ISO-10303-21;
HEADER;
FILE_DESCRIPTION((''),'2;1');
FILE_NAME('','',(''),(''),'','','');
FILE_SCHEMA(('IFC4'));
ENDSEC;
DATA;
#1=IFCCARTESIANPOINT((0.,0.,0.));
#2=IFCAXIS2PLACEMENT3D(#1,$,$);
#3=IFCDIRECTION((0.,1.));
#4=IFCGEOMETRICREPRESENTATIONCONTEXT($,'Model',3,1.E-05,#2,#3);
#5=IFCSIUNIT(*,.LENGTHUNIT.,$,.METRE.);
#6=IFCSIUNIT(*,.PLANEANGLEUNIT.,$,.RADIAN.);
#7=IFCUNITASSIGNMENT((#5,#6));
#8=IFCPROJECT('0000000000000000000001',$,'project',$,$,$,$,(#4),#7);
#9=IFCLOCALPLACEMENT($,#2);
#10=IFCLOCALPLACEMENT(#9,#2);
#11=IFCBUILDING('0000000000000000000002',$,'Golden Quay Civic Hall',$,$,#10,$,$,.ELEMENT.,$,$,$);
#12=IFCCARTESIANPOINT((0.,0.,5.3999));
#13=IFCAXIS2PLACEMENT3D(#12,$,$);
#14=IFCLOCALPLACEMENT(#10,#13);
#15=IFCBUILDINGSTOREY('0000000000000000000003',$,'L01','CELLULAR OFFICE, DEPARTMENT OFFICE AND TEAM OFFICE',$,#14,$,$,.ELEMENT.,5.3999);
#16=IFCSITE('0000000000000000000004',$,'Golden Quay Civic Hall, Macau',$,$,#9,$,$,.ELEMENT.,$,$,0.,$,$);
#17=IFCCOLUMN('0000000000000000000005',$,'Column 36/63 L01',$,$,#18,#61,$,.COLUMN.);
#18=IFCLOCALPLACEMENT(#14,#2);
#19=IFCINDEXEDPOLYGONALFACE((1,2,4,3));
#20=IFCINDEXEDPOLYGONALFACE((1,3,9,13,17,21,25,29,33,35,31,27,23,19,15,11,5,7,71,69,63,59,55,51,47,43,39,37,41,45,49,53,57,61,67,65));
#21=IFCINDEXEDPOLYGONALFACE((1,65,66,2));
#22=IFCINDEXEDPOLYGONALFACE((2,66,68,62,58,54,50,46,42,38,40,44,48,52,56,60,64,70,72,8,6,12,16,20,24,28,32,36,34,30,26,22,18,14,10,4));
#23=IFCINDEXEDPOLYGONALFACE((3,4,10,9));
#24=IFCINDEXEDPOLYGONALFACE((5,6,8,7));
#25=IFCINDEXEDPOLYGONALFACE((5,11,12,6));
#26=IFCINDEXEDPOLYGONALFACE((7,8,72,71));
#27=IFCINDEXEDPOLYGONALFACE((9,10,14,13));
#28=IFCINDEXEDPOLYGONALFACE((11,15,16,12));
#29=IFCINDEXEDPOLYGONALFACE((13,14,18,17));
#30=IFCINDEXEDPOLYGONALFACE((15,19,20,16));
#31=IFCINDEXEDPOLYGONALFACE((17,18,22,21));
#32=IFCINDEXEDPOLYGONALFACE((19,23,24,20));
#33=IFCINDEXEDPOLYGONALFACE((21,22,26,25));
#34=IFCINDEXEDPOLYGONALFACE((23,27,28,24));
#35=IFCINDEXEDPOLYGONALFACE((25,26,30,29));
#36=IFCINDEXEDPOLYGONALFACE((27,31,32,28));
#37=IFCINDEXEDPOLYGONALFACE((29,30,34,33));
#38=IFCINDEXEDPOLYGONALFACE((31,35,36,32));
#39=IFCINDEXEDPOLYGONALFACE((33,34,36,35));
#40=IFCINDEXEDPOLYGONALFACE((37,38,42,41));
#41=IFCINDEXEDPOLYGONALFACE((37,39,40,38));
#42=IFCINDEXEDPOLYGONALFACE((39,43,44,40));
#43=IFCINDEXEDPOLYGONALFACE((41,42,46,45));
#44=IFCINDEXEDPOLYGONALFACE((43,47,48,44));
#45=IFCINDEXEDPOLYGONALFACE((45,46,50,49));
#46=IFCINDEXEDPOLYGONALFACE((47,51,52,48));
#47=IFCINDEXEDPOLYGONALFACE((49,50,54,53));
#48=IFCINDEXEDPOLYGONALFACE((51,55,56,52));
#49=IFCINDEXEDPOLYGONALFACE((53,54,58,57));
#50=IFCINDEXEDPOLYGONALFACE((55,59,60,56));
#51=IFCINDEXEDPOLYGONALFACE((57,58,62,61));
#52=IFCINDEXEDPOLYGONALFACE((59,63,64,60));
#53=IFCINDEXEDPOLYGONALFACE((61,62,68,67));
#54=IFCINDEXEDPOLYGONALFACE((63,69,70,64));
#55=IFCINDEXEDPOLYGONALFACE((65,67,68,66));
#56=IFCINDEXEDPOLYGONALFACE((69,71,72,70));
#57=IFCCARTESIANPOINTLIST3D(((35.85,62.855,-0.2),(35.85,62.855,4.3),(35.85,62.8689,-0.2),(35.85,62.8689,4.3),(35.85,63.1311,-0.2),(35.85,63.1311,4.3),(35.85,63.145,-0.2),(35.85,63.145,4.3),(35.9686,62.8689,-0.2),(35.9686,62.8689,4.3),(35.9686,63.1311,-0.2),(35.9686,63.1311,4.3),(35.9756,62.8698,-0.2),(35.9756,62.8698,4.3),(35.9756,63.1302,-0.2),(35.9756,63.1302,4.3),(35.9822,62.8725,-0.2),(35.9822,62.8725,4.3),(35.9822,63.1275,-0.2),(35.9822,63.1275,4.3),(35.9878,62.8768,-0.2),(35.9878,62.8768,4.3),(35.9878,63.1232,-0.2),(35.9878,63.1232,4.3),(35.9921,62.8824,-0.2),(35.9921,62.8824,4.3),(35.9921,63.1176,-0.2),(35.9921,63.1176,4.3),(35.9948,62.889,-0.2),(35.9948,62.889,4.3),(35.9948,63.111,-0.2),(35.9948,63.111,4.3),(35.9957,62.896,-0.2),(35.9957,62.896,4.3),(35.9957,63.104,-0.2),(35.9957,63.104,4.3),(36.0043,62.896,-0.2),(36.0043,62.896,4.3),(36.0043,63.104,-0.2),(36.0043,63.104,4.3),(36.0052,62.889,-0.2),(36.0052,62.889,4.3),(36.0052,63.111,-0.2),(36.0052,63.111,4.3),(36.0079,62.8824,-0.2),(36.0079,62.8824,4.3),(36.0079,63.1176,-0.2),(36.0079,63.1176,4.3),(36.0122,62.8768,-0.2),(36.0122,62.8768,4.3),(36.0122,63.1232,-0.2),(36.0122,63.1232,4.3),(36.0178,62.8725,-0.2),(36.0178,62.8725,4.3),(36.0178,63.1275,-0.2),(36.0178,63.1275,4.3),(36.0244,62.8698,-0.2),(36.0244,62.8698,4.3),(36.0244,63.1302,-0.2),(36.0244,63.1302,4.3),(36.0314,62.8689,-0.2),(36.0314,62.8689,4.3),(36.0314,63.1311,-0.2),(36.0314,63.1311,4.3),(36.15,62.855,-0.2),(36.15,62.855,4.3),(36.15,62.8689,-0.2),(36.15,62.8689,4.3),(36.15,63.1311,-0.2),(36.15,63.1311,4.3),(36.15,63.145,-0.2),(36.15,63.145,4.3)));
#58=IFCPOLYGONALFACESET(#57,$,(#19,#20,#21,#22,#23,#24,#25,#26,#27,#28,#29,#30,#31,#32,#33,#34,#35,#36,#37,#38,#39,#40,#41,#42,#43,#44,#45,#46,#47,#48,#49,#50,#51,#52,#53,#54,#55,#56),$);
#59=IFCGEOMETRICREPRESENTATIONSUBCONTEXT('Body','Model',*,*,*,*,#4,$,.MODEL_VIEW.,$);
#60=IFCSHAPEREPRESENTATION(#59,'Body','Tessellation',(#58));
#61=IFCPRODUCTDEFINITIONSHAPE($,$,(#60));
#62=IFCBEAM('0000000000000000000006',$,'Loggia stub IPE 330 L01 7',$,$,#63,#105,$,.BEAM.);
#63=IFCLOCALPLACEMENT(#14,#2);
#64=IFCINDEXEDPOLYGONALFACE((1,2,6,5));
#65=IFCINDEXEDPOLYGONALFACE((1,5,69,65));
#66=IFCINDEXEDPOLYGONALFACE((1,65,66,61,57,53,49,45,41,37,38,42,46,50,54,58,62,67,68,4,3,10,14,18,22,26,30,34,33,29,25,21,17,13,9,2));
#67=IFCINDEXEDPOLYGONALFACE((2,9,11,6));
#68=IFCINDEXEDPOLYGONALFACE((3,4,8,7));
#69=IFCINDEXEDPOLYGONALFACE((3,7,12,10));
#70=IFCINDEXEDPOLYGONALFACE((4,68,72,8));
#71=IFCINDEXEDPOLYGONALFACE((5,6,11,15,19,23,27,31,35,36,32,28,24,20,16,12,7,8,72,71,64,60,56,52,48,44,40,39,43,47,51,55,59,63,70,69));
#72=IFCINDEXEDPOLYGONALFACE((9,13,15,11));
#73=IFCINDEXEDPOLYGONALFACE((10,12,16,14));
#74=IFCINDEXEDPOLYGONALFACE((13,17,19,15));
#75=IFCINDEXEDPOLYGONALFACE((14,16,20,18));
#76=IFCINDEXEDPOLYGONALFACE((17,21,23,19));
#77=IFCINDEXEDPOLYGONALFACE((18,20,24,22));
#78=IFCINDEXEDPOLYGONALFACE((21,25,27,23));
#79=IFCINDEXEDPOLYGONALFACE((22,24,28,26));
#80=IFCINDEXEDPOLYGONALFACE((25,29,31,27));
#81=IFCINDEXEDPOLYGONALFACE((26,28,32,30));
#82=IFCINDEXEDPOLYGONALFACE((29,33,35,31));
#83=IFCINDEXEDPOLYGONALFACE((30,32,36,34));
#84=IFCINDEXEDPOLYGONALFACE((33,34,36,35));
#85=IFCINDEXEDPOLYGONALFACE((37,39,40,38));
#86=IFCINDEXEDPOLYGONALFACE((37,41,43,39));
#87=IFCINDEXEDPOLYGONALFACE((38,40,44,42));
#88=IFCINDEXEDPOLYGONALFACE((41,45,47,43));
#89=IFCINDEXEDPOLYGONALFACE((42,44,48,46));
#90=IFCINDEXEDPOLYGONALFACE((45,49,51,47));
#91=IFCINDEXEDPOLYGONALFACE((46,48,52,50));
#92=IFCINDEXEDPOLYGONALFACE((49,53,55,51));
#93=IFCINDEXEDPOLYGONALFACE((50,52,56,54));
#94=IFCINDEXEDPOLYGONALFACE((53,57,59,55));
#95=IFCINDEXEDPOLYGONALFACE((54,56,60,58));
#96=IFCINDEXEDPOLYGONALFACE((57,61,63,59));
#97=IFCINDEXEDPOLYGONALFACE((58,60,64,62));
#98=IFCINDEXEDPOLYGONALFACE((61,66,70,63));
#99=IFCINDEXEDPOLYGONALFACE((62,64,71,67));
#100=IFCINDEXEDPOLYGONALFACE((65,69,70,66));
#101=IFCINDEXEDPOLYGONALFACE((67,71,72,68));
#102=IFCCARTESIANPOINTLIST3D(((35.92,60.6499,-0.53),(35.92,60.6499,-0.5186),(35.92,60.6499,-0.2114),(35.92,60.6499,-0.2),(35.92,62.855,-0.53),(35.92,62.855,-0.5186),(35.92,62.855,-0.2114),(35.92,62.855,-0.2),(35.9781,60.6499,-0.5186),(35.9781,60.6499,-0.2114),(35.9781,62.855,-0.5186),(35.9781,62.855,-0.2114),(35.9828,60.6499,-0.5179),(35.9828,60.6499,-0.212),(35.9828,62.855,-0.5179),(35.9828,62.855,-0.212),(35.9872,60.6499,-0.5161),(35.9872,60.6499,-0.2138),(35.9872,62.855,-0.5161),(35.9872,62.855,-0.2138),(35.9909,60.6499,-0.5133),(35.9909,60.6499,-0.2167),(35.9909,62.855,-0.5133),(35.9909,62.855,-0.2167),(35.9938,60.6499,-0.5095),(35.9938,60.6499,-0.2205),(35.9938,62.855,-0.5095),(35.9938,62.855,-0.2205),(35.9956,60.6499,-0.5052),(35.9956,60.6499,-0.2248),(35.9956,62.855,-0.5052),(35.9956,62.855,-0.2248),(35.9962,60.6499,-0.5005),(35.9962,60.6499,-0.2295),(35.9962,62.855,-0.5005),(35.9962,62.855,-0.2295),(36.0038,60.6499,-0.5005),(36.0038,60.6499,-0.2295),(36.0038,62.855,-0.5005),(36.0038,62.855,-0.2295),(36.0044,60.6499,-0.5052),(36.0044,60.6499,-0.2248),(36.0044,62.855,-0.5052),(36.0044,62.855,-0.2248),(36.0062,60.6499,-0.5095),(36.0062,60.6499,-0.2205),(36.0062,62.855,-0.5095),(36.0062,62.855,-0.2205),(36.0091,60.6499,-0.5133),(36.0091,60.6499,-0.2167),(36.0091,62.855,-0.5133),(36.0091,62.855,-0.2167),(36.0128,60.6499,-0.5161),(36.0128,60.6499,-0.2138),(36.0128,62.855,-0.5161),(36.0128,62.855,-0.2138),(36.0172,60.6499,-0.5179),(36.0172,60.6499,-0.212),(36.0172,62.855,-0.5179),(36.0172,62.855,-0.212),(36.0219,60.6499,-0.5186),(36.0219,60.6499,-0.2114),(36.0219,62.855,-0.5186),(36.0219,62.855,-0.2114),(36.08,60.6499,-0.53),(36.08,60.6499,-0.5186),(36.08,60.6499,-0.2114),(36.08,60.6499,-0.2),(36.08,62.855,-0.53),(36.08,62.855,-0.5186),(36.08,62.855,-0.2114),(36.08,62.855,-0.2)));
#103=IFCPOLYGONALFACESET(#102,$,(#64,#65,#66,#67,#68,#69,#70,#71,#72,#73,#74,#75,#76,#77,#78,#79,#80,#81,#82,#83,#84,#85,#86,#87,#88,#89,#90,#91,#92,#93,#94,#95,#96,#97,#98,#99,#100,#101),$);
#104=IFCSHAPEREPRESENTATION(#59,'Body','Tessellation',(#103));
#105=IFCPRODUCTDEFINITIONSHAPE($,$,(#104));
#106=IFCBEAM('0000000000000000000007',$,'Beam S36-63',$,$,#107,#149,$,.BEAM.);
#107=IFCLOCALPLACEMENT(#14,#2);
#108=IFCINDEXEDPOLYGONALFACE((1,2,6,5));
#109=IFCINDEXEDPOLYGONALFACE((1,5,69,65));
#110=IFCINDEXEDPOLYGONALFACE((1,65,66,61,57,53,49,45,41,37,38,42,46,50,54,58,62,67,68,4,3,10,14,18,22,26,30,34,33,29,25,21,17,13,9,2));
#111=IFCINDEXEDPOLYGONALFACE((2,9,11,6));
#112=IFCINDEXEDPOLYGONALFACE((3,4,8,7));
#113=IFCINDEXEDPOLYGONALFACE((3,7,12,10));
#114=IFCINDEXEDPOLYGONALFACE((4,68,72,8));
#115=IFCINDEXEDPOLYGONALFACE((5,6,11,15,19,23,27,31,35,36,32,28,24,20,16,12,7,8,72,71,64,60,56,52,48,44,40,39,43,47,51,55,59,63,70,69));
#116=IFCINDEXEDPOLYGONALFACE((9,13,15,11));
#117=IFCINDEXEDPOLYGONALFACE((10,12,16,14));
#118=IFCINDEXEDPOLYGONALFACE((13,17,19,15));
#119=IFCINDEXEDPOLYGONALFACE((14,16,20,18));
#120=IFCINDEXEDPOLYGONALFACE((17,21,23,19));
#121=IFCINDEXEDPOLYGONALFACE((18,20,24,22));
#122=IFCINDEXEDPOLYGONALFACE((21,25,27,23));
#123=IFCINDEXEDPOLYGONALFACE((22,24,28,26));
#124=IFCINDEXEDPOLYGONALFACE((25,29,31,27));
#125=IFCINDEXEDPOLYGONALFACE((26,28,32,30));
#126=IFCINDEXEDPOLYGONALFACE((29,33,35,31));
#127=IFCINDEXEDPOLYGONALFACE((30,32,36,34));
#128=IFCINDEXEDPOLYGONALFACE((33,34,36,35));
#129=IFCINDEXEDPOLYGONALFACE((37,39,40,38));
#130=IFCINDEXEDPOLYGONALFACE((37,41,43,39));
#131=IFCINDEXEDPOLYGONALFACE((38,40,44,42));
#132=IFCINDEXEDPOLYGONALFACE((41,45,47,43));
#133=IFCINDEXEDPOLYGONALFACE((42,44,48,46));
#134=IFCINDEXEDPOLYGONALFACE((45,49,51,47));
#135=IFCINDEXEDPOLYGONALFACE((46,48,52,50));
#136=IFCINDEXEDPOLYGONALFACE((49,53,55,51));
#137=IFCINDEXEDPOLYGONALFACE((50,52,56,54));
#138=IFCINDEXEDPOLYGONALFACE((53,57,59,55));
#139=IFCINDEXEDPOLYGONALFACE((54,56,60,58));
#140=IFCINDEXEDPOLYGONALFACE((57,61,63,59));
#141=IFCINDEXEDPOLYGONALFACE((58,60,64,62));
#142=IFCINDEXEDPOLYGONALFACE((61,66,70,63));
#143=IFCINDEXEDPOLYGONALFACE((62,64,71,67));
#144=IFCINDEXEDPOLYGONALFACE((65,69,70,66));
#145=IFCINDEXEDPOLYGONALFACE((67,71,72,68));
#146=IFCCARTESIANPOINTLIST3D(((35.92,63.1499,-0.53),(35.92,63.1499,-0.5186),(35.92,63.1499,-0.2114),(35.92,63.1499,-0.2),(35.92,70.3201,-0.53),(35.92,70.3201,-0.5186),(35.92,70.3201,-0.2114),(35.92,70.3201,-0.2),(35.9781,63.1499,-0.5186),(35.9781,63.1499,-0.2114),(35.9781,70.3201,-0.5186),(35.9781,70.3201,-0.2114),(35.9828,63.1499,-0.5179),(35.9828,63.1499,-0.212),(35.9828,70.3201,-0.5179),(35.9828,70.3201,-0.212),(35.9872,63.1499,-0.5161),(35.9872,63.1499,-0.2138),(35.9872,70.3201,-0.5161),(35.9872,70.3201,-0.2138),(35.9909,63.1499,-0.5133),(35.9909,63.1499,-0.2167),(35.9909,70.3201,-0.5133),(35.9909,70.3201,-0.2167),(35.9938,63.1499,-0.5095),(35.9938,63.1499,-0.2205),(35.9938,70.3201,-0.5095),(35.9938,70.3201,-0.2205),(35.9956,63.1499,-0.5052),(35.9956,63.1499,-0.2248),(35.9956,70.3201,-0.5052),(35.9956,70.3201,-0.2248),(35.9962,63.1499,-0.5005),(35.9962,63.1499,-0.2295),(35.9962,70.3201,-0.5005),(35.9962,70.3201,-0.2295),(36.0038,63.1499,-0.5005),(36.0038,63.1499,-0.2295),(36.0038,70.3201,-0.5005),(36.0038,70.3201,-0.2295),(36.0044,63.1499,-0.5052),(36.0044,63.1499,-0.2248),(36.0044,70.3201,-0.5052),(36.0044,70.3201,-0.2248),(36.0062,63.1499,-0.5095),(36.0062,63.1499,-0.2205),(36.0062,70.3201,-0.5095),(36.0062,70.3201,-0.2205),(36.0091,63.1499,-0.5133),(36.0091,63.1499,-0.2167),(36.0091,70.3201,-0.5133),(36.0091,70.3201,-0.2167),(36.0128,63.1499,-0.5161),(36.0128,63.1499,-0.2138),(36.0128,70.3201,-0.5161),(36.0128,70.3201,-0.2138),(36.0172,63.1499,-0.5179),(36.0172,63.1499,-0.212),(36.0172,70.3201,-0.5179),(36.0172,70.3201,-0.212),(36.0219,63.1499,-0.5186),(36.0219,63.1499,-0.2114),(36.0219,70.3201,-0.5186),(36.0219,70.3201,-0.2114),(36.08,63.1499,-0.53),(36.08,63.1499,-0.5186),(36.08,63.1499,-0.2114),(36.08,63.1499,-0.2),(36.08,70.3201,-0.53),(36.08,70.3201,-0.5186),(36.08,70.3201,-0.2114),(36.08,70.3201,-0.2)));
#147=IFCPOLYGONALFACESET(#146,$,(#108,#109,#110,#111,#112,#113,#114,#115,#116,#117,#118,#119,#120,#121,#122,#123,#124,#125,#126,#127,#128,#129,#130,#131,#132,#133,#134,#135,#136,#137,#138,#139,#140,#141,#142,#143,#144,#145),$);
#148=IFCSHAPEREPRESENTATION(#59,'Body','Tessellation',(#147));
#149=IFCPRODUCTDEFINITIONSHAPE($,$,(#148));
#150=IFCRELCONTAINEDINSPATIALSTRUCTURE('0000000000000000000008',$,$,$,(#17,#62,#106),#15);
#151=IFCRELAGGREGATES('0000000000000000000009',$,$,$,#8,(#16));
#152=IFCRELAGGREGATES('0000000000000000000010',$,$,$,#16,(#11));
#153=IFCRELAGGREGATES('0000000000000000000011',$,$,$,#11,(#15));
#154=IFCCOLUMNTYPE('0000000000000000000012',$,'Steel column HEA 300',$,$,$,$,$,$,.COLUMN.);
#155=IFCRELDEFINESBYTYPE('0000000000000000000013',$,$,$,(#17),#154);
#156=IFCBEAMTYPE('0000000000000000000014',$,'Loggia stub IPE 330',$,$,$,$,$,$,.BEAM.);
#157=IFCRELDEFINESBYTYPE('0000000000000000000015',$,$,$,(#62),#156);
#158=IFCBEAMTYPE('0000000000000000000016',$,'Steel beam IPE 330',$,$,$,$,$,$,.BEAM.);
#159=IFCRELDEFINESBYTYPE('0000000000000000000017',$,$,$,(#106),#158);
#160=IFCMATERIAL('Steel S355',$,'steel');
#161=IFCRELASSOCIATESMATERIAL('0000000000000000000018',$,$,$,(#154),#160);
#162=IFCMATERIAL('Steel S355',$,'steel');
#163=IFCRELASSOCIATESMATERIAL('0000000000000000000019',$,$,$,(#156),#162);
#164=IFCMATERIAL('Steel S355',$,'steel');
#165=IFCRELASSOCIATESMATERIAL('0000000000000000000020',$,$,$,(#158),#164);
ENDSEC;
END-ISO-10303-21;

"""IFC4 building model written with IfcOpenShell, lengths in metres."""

from ifc_helpers import new_model, si_unit, direction, frame, origin, origin_2d, place, context, subcontext, project, spatial, i_section, extrude, material, material_profile, profile_set, type_object, element, save


model = new_model("IFC4")

# Units and contexts
model_context = context("Model", 3, precision=1e-05, world=origin(), true_north=direction((0.0, 1.0)))
body_context = subcontext(model_context, "Body", "Model", "MODEL_VIEW")
ifc_project = project(units=[si_unit("LENGTHUNIT", "METRE"), si_unit("PLANEANGLEUNIT", "RADIAN")], contexts=[model_context])

# Site, building, storey
site_placement = place(None, origin())
site = spatial("IfcSite", under=ifc_project, at=site_placement, Name="Golden Quay Civic Hall, Macau", CompositionType="ELEMENT", RefElevation=0.0)
building_placement = place(site_placement, origin())
building = spatial("IfcBuilding", under=site, at=building_placement, Name="Golden Quay Civic Hall", CompositionType="ELEMENT")
storey_placement = place(building_placement, frame((0.0, 0.0, 5.3999)))
storey = spatial("IfcBuildingStorey", under=building, at=storey_placement, Name="L01", Description="CELLULAR OFFICE, DEPARTMENT OFFICE AND TEAM OFFICE", CompositionType="ELEMENT", Elevation=5.3999)

# Column
ifc_material_1 = material(Name="Steel S355", Category="steel")
ifc_material_profile_1 = material_profile(ifc_material_1, i_section(OverallWidth=0.3, OverallDepth=0.29, WebThickness=0.0085, FlangeThickness=0.0139, FilletRadius=0.0271, at=origin_2d()), Name="HEA 300")
ifc_profile_set_1 = profile_set([ifc_material_profile_1], Name="Steel S355")
column_type = type_object("IfcColumnType", Name="Steel column HEA 300", PredefinedType="COLUMN", material=ifc_profile_set_1)
column_placement = place(storey_placement, frame((36.0, 63.0, -0.2), z_axis=(0.0, 0.0, 1.0), x_axis=(1.0, 0.0, 0.0)))
element("IfcColumn", 1, at=column_placement, inside=storey, type_object=column_type, Name="Column 36/63 L01", PredefinedType="COLUMN", context=body_context, shape_type="SweptSolid", body=[
    extrude(i_section(OverallWidth=0.3, OverallDepth=0.29, WebThickness=0.0085, FlangeThickness=0.0139, FilletRadius=0.0271, at=origin_2d()), origin(), (0.0, 0.0, 1.0), 4.5),
])

# Beams
ifc_material_2 = material(Name="Steel S355", Category="steel")
ifc_material_profile_2 = material_profile(ifc_material_2, i_section(OverallWidth=0.1599, OverallDepth=0.3301, WebThickness=0.0076, FlangeThickness=0.0115, FilletRadius=0.0181, at=origin_2d()), Name="IPE 330")
ifc_profile_set_2 = profile_set([ifc_material_profile_2], Name="Steel S355")
beam_type_1 = type_object("IfcBeamType", Name="Loggia stub IPE 330", PredefinedType="BEAM", material=ifc_profile_set_2)
beam_1_placement = place(storey_placement, frame((36.0, 62.855, -0.365), z_axis=(0.0, -1.0, 0.0), x_axis=(1.0, 0.0, 0.0)))
element("IfcBeam", 2, at=beam_1_placement, inside=storey, type_object=beam_type_1, Name="Loggia stub IPE 330 L01 7", PredefinedType="BEAM", context=body_context, shape_type="SweptSolid", body=[
    extrude(i_section(OverallWidth=0.1599, OverallDepth=0.3301, WebThickness=0.0076, FlangeThickness=0.0115, FilletRadius=0.0181, at=origin_2d()), origin(), (0.0, 0.0, 1.0), 2.2051),
])
ifc_material_3 = material(Name="Steel S355", Category="steel")
ifc_material_profile_3 = material_profile(ifc_material_3, i_section(OverallWidth=0.1599, OverallDepth=0.3301, WebThickness=0.0076, FlangeThickness=0.0115, FilletRadius=0.0181, at=origin_2d()), Name="IPE 330")
ifc_profile_set_3 = profile_set([ifc_material_profile_3], Name="Steel S355")
beam_type_2 = type_object("IfcBeamType", Name="Steel beam IPE 330", PredefinedType="BEAM", material=ifc_profile_set_3)
beam_2_placement = place(storey_placement, frame((36.0, 63.1499, -0.365), z_axis=(0.0, 1.0, 0.0), x_axis=(-1.0, 0.0, 0.0)))
element("IfcBeam", 3, at=beam_2_placement, inside=storey, type_object=beam_type_2, Name="Beam S36-63", PredefinedType="BEAM", context=body_context, shape_type="SweptSolid", body=[
    extrude(i_section(OverallWidth=0.1599, OverallDepth=0.3301, WebThickness=0.0076, FlangeThickness=0.0115, FilletRadius=0.0181, at=origin_2d()), origin(), (0.0, 0.0, 1.0), 7.1702),
])

save(model, "model.ifc")
